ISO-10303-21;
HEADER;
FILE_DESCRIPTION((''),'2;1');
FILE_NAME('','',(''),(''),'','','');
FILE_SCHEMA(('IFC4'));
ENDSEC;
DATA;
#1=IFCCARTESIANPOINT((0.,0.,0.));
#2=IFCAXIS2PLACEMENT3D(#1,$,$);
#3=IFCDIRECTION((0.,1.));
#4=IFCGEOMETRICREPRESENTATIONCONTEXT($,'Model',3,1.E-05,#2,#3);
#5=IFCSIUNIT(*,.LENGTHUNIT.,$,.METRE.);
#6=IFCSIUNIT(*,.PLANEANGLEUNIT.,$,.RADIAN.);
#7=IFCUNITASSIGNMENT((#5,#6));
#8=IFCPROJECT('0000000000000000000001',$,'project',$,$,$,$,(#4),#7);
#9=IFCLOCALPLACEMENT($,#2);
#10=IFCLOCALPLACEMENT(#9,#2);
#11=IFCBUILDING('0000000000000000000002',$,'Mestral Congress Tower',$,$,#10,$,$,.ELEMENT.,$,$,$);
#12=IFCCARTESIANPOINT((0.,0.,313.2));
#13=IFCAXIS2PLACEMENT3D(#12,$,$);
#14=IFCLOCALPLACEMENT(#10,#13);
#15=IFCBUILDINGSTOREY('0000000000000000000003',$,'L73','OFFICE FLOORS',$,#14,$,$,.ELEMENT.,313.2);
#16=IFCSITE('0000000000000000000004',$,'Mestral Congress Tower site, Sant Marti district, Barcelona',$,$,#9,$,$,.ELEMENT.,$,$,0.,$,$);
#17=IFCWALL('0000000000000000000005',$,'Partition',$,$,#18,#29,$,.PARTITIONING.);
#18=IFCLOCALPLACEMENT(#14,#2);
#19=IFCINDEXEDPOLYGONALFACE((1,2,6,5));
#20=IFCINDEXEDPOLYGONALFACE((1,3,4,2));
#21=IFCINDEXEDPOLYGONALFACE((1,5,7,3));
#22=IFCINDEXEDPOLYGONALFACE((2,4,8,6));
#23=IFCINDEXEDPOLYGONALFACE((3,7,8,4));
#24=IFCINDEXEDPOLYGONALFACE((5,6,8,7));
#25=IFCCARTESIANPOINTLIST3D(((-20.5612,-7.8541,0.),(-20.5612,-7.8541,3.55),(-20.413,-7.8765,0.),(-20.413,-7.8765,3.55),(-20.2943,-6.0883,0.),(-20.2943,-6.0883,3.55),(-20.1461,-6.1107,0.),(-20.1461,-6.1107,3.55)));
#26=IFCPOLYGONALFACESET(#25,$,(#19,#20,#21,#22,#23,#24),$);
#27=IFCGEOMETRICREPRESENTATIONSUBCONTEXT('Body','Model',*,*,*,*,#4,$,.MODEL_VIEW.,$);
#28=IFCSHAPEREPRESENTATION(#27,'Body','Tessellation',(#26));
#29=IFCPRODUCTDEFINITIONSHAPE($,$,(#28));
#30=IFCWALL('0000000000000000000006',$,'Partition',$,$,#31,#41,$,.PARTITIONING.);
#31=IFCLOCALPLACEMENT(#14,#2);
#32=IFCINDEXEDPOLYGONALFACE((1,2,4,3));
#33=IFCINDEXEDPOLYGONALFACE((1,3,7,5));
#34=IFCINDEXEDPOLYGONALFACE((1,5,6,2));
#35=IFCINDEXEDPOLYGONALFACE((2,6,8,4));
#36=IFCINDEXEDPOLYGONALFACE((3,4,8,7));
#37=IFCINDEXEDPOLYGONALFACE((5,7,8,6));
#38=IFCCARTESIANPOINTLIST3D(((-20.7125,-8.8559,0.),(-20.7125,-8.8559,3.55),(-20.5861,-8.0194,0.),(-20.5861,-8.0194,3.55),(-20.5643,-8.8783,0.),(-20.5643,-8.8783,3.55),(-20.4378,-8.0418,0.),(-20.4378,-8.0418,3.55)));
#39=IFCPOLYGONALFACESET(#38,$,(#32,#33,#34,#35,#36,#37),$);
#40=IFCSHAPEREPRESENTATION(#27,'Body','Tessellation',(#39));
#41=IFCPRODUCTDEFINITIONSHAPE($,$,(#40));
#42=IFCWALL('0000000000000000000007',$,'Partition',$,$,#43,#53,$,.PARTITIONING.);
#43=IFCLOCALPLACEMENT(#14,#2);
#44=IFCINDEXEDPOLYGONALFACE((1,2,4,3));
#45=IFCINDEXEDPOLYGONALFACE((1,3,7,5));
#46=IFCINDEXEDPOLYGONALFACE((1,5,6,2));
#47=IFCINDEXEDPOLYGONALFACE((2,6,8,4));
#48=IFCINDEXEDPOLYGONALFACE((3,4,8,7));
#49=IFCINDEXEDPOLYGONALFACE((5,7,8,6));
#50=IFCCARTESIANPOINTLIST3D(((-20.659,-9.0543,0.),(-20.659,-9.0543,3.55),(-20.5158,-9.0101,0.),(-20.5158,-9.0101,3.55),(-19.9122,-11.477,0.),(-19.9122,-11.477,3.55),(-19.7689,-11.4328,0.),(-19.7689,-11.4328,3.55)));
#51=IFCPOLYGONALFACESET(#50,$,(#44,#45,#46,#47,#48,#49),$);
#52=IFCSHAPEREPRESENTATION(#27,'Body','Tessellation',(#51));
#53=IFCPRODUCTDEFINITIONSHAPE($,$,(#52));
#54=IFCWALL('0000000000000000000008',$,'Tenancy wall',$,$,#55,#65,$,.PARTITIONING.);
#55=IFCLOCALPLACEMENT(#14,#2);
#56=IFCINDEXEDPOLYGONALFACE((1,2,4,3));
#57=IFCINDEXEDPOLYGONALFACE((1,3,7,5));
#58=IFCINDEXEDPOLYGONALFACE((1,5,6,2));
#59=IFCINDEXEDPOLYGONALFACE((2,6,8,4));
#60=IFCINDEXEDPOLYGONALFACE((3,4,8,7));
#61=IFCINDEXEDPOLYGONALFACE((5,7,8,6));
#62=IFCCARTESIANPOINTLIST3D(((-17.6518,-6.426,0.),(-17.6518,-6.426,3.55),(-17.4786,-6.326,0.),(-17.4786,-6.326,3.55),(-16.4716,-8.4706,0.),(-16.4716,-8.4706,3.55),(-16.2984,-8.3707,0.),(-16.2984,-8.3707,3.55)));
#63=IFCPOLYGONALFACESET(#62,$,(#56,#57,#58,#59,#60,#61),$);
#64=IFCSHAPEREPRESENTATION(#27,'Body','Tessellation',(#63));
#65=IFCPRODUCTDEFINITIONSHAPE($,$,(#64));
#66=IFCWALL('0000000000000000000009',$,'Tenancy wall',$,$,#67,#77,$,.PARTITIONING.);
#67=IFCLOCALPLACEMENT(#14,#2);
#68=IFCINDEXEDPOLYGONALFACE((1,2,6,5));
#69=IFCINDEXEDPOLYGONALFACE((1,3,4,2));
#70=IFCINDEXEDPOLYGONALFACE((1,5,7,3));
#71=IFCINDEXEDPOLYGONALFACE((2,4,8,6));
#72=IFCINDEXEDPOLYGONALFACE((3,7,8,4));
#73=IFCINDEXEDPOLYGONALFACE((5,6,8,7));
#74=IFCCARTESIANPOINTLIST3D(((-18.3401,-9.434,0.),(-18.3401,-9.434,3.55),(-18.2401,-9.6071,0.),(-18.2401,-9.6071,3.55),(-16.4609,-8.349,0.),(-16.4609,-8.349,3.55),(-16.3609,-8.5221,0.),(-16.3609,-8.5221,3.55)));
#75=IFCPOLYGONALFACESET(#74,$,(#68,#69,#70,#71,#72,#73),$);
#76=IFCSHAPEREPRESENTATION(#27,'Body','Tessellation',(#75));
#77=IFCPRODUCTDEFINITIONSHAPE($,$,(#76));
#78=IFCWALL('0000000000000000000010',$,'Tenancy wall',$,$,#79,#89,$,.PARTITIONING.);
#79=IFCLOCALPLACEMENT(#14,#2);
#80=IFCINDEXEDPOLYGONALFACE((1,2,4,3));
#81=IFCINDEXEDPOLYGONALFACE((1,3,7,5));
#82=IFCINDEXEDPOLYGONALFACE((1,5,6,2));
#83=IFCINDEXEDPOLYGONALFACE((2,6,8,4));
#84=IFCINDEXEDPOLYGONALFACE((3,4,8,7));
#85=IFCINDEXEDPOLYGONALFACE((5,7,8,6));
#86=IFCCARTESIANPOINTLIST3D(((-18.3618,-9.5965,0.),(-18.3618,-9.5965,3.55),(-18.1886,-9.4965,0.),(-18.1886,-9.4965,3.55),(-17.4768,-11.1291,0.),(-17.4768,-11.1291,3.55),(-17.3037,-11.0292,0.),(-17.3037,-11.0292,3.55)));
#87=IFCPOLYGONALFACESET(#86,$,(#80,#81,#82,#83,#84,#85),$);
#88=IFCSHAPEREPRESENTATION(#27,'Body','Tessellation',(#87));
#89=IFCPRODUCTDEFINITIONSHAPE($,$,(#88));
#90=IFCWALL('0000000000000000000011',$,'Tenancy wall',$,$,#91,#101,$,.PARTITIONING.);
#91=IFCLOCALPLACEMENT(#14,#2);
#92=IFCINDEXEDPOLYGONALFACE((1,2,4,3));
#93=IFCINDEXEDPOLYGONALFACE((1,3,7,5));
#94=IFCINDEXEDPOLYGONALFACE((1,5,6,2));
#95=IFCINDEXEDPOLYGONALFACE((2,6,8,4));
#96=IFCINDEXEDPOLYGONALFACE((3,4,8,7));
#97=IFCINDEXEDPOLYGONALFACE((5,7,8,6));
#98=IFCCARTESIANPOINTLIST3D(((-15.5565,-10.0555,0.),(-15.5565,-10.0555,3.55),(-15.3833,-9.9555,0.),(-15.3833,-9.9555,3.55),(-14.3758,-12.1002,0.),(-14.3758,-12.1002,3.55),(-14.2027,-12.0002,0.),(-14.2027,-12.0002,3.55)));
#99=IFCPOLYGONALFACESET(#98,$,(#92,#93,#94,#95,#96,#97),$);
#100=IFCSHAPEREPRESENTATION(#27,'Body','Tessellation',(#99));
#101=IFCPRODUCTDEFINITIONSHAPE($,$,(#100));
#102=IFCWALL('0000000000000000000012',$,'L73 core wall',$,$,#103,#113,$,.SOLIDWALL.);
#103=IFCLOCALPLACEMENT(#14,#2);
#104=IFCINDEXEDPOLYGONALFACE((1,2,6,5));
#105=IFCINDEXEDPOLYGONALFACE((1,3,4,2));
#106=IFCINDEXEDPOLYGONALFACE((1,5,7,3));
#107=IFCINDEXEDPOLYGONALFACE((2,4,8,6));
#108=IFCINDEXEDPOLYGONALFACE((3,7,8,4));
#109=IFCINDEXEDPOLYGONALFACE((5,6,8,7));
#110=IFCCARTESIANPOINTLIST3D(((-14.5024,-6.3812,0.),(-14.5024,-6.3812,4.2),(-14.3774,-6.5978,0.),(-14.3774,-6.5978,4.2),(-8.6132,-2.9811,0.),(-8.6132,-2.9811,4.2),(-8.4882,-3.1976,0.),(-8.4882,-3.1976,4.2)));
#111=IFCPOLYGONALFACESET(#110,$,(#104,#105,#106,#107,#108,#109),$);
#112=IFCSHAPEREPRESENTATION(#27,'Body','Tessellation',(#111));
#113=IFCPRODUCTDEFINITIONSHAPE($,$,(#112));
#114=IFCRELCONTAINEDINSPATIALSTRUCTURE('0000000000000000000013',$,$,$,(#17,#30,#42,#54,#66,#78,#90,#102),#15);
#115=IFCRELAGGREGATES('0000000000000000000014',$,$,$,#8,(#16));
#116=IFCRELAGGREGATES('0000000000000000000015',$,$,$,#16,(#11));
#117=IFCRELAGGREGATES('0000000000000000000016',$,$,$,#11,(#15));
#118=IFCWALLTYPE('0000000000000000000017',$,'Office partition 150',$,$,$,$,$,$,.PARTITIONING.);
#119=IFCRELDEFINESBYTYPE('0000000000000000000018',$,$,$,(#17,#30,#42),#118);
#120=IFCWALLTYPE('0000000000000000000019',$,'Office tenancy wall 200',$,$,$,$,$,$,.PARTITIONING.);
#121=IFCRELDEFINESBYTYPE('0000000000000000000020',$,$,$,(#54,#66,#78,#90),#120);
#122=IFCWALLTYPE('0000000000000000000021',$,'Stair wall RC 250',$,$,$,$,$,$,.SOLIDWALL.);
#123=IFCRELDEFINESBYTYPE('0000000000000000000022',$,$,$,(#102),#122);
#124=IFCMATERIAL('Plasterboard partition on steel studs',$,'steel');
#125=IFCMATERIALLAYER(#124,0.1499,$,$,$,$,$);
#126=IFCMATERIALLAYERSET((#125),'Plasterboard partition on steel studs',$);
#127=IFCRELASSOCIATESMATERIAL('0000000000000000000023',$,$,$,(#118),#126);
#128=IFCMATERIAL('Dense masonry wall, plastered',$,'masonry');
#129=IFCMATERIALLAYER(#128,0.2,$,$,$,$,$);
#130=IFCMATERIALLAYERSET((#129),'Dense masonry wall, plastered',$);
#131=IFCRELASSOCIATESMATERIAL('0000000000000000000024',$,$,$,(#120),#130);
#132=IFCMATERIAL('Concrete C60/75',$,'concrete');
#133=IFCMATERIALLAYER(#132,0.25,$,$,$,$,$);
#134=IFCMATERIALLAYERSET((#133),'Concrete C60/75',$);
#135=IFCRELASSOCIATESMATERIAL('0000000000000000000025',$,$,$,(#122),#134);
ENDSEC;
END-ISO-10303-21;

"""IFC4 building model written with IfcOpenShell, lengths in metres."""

from ifc_helpers import new_model, si_unit, direction, frame, frame_2d, origin, place, context, subcontext, project, spatial, rectangle, extrude, material, layer, layer_set, type_object, element, save


model = new_model("IFC4")

# Units and contexts
model_context = context("Model", 3, precision=1e-05, world=origin(), true_north=direction((0.0, 1.0)))
body_context = subcontext(model_context, "Body", "Model", "MODEL_VIEW")
ifc_project = project(units=[si_unit("LENGTHUNIT", "METRE"), si_unit("PLANEANGLEUNIT", "RADIAN")], contexts=[model_context])

# Site, building, storey
site_placement = place(None, origin())
site = spatial("IfcSite", under=ifc_project, at=site_placement, Name="Mestral Congress Tower site, Sant Marti district, Barcelona", CompositionType="ELEMENT", RefElevation=0.0)
building_placement = place(site_placement, origin())
building = spatial("IfcBuilding", under=site, at=building_placement, Name="Mestral Congress Tower", CompositionType="ELEMENT")
storey_placement = place(building_placement, frame((0.0, 0.0, 313.2)))
storey = spatial("IfcBuildingStorey", under=building, at=storey_placement, Name="L73", Description="OFFICE FLOORS", CompositionType="ELEMENT", Elevation=313.2)

# Shared definitions
ifc_material_1 = material(Name="Concrete C60/75", Category="concrete")

# Shared definitions
ifc_material_2 = material(Name="Plasterboard partition on steel studs", Category="steel")
ifc_layer_1 = layer(ifc_material_2, 0.1499)
ifc_layer_set_1 = layer_set([ifc_layer_1], Name="Plasterboard partition on steel studs")
wall_type_1 = type_object("IfcWallType", Name="Office partition 150", PredefinedType="PARTITIONING", material=ifc_layer_set_1)

# Walls
wall_1_placement = place(storey_placement, frame((-20.2202, -6.0994, 0.0), z_axis=(0.0, 0.0, 1.0), x_axis=(-0.149417, -0.988774, 0.0)))
element("IfcWall", 1, at=wall_1_placement, inside=storey, type_object=wall_type_1, Name="Partition", PredefinedType="PARTITIONING", context=body_context, shape_type="SweptSolid", body=[
    extrude(rectangle(XDim=1.7859, YDim=0.1499, at=frame_2d((0.8931, 0.0))), origin(), (0.0, 0.0, 1.0), 3.55),
])
wall_2_placement = place(storey_placement, frame((-20.512, -8.0308, 0.0), z_axis=(0.0, 0.0, 1.0), x_axis=(-0.149498, -0.988762, 0.0)))
element("IfcWall", 2, at=wall_2_placement, inside=storey, type_object=wall_type_1, Name="Partition", PredefinedType="PARTITIONING", context=body_context, shape_type="SweptSolid", body=[
    extrude(rectangle(XDim=0.8459, YDim=0.1499, at=frame_2d((0.4229, 0.0))), origin(), (0.0, 0.0, 1.0), 3.55),
])
wall_3_placement = place(storey_placement, frame((-20.5874, -9.0322, 0.0), z_axis=(0.0, 0.0, 1.0), x_axis=(0.294593, -0.955623, 0.0)))
element("IfcWall", 3, at=wall_3_placement, inside=storey, type_object=wall_type_1, Name="Partition", PredefinedType="PARTITIONING", context=body_context, shape_type="SweptSolid", body=[
    extrude(rectangle(XDim=2.5352, YDim=0.1499, at=frame_2d((1.2676, 0.0))), origin(), (0.0, 0.0, 1.0), 3.55),
])
ifc_material_3 = material(Name="Dense masonry wall, plastered", Category="masonry")
ifc_layer_2 = layer(ifc_material_3, 0.2)
ifc_layer_set_2 = layer_set([ifc_layer_2], Name="Dense masonry wall, plastered")
wall_type_2 = type_object("IfcWallType", Name="Office tenancy wall 200", PredefinedType="PARTITIONING", material=ifc_layer_set_2)
wall_4_placement = place(storey_placement, frame((-17.5652, -6.376, 0.0), z_axis=(0.0, 0.0, 1.0), x_axis=(0.499899, -0.866084, 0.0)))
element("IfcWall", 4, at=wall_4_placement, inside=storey, type_object=wall_type_2, Name="Tenancy wall", PredefinedType="PARTITIONING", context=body_context, shape_type="SweptSolid", body=[
    extrude(rectangle(XDim=2.3608, YDim=0.2, at=frame_2d((1.1804, 0.0))), origin(), (0.0, 0.0, 1.0), 3.55),
])
wall_5_placement = place(storey_placement, frame((-16.4109, -8.4355, 0.0), z_axis=(0.0, 0.0, 1.0), x_axis=(-0.866019, -0.500011, 0.0)))
element("IfcWall", 5, at=wall_5_placement, inside=storey, type_object=wall_type_2, Name="Tenancy wall", PredefinedType="PARTITIONING", context=body_context, shape_type="SweptSolid", body=[
    extrude(rectangle(XDim=2.1699, YDim=0.2, at=frame_2d((1.085, 0.0))), origin(), (0.0, 0.0, 1.0), 3.55),
])
wall_6_placement = place(storey_placement, frame((-18.2751, -9.5466, 0.0), z_axis=(0.0, 0.0, 1.0), x_axis=(0.500041, -0.866002, 0.0)))
element("IfcWall", 6, at=wall_6_placement, inside=storey, type_object=wall_type_2, Name="Tenancy wall", PredefinedType="PARTITIONING", context=body_context, shape_type="SweptSolid", body=[
    extrude(rectangle(XDim=1.7698, YDim=0.2, at=frame_2d((0.8848, 0.0))), origin(), (0.0, 0.0, 1.0), 3.55),
])
wall_7_placement = place(storey_placement, frame((-15.47, -10.0054, 0.0), z_axis=(0.0, 0.0, 1.0), x_axis=(0.500054, -0.865994, 0.0)))
element("IfcWall", 7, at=wall_7_placement, inside=storey, type_object=wall_type_2, Name="Tenancy wall", PredefinedType="PARTITIONING", context=body_context, shape_type="SweptSolid", body=[
    extrude(rectangle(XDim=2.3611, YDim=0.2, at=frame_2d((1.1807, 0.0))), origin(), (0.0, 0.0, 1.0), 3.55),
])
ifc_layer_3 = layer(ifc_material_1, 0.25)
ifc_layer_set_3 = layer_set([ifc_layer_3], Name="Concrete C60/75")
wall_type_3 = type_object("IfcWallType", Name="Stair wall RC 250", PredefinedType="SOLIDWALL", material=ifc_layer_set_3)
wall_8_placement = place(storey_placement, frame((-14.4399, -6.4895, 0.0), z_axis=(0.0, 0.0, 1.0), x_axis=(0.866023, 0.500004, 0.0)))
element("IfcWall", 8, at=wall_8_placement, inside=storey, type_object=wall_type_3, Name="L73 core wall", PredefinedType="SOLIDWALL", context=body_context, shape_type="SweptSolid", body=[
    extrude(rectangle(XDim=6.8003, YDim=0.25, at=frame_2d((3.4001, 0.0))), origin(), (0.0, 0.0, 1.0), 4.2),
])

save(model, "model.ifc")
